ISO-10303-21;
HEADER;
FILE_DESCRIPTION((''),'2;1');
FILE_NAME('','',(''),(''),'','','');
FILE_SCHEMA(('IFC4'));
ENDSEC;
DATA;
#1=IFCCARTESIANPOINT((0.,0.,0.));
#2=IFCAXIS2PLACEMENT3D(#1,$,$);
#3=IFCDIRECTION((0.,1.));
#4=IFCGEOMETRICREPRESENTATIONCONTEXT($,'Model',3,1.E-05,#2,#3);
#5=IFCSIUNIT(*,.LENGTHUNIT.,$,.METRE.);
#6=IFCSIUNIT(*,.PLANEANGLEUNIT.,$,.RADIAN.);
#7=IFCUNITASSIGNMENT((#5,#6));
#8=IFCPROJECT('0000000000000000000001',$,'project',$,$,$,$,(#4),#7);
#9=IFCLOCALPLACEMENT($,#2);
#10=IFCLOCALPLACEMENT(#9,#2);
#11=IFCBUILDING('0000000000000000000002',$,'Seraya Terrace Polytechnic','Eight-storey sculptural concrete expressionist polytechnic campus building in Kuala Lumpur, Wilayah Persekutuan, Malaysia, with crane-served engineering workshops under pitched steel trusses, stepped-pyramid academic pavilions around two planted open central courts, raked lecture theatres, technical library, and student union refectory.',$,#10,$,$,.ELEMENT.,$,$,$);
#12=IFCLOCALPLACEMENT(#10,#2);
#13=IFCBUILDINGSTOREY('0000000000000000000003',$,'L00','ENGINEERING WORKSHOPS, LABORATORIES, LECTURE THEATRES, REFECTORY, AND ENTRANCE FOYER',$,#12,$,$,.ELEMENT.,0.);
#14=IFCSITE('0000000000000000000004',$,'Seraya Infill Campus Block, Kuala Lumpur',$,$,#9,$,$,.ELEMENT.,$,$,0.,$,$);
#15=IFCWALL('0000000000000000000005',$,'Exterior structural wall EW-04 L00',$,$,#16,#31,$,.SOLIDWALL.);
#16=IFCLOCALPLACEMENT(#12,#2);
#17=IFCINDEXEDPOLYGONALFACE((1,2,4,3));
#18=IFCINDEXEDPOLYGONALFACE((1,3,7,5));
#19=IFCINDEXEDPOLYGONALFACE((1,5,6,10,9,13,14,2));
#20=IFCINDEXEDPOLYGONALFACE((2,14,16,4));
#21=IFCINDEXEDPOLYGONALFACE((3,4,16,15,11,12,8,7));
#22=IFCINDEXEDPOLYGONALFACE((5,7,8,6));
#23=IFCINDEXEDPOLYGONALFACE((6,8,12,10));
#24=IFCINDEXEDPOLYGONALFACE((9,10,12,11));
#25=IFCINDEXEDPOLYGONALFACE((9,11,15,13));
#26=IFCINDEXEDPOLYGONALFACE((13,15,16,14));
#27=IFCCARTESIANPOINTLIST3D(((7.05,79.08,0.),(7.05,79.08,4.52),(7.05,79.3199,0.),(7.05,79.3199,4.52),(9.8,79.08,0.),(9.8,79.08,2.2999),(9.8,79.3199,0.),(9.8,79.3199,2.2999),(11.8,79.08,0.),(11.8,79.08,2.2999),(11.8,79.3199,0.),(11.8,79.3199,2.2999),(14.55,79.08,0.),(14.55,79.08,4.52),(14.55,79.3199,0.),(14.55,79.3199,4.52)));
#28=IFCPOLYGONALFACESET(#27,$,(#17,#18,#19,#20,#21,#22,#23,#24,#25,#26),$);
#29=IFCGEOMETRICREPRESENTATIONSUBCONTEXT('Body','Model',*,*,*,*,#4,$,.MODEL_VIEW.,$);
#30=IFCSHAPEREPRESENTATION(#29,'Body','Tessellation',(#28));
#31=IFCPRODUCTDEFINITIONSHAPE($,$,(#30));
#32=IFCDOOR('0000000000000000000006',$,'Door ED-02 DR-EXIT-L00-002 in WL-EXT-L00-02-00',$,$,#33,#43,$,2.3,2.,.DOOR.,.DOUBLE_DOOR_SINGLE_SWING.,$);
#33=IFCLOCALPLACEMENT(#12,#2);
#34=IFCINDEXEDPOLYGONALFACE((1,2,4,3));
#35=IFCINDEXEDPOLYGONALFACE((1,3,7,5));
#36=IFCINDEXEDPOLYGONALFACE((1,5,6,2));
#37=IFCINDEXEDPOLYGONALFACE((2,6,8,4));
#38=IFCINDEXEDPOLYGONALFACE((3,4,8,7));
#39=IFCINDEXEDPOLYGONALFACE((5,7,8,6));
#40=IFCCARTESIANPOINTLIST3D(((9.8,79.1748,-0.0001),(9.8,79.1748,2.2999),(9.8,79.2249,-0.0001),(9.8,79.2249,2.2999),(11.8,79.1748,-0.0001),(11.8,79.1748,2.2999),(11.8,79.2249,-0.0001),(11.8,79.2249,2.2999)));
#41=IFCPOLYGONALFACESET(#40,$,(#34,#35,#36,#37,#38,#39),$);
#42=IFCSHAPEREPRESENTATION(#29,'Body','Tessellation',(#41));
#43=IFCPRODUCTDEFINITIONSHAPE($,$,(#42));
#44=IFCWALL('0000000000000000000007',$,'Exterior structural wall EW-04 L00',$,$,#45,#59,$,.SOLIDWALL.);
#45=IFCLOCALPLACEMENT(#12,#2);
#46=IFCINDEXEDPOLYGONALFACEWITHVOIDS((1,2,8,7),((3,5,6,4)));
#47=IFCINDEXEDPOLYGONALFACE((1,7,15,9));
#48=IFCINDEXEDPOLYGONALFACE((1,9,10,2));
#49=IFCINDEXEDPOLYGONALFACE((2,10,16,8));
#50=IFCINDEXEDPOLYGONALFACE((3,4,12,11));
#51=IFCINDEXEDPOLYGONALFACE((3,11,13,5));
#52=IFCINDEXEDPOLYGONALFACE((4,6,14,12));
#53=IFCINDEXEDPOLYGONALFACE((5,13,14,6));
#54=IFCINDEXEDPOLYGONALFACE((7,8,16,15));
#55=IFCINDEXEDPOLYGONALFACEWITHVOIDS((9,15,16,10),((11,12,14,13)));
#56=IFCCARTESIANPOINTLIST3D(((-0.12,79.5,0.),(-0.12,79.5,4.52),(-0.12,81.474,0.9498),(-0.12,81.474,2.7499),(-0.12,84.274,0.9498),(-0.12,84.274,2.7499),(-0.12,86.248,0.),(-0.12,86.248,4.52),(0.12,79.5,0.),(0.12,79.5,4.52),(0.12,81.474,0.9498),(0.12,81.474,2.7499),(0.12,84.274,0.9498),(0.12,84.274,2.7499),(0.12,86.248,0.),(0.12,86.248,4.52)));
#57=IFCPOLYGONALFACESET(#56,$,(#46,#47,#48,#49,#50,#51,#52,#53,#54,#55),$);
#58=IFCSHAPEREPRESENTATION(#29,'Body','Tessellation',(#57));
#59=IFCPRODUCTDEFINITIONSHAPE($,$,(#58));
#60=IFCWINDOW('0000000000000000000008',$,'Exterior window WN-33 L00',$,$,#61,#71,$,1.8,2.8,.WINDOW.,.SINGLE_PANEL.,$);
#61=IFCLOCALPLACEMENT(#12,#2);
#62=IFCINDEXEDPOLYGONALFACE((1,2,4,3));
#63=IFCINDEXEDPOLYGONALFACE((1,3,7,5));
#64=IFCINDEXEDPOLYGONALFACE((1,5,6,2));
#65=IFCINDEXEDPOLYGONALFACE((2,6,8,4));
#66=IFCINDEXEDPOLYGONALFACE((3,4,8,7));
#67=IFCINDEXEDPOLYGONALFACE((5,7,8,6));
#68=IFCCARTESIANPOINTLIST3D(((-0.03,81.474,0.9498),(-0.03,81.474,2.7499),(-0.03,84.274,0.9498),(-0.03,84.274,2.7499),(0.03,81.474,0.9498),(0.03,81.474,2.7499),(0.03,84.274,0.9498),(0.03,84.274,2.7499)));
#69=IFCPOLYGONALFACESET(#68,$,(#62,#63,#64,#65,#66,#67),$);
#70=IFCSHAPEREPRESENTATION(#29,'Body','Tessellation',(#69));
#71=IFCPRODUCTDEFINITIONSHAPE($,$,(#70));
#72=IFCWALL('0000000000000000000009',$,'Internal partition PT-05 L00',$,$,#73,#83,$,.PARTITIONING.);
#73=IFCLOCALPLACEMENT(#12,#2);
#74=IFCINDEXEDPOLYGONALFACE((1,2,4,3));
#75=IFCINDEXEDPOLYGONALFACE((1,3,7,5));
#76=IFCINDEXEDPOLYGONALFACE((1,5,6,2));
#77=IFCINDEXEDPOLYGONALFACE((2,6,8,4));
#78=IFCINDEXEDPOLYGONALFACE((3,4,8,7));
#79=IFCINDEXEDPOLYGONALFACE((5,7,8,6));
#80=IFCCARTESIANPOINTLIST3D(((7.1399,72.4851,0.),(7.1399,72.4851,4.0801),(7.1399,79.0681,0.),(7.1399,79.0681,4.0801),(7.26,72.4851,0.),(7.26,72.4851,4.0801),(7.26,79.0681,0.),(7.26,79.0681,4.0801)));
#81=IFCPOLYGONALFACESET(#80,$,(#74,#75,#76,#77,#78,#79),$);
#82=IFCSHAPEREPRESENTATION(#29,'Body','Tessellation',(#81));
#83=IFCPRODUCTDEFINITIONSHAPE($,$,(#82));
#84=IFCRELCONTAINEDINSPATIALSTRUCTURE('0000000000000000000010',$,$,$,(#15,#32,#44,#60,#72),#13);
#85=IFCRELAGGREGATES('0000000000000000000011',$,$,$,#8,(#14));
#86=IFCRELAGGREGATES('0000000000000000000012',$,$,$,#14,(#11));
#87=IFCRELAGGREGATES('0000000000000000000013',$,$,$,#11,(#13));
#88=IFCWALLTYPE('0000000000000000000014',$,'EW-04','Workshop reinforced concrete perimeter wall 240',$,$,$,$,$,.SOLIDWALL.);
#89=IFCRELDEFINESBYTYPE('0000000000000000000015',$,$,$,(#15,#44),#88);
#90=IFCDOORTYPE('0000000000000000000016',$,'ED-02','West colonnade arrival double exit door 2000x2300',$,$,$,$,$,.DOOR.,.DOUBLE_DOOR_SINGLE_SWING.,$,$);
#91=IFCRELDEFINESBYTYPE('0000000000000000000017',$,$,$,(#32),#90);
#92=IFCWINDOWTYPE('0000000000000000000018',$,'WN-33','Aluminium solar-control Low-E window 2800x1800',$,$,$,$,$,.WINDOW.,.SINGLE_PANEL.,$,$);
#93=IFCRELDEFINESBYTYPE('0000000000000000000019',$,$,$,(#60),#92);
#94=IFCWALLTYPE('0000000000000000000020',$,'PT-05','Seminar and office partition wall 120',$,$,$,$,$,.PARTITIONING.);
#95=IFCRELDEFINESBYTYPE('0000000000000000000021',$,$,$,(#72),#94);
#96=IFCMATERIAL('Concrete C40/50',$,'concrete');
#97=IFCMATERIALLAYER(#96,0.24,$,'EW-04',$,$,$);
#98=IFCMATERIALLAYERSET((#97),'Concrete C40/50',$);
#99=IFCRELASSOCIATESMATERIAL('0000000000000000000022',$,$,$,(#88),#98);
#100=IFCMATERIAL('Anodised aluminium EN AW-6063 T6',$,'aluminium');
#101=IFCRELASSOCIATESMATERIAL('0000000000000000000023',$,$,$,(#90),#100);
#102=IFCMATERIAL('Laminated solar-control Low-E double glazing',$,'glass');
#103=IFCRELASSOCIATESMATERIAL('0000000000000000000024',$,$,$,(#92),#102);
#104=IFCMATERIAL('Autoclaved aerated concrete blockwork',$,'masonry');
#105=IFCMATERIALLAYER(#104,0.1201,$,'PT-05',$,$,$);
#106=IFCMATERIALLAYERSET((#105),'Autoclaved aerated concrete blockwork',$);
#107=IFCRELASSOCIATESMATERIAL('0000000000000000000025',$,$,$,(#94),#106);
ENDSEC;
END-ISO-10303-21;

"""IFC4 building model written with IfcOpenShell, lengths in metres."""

from ifc_helpers import new_model, si_unit, direction, frame, frame_2d, origin, place, context, subcontext, project, spatial, rectangle, extrude, material, layer, layer_set, type_object, element, fill, save


model = new_model("IFC4")

# Units and contexts
model_context = context("Model", 3, precision=1e-05, world=origin(), true_north=direction((0.0, 1.0)))
body_context = subcontext(model_context, "Body", "Model", "MODEL_VIEW")
ifc_project = project(units=[si_unit("LENGTHUNIT", "METRE"), si_unit("PLANEANGLEUNIT", "RADIAN")], contexts=[model_context])

# Site, building, storey
site_placement = place(None, origin())
site = spatial("IfcSite", under=ifc_project, at=site_placement, Name="Seraya Infill Campus Block, Kuala Lumpur", CompositionType="ELEMENT", RefElevation=0.0)
building_placement = place(site_placement, origin())
building = spatial("IfcBuilding", under=site, at=building_placement, Name="Seraya Terrace Polytechnic", Description="Eight-storey sculptural concrete expressionist polytechnic campus building in Kuala Lumpur, Wilayah Persekutuan, Malaysia, with crane-served engineering workshops under pitched steel trusses, stepped-pyramid academic pavilions around two planted open central courts, raked lecture theatres, technical library, and student union refectory.", CompositionType="ELEMENT")
storey_placement = place(building_placement, origin())
storey = spatial("IfcBuildingStorey", under=building, at=storey_placement, Name="L00", Description="ENGINEERING WORKSHOPS, LABORATORIES, LECTURE THEATRES, REFECTORY, AND ENTRANCE FOYER", CompositionType="ELEMENT", Elevation=0.0)

# Shared definitions
ifc_material_1 = material(Name="Concrete C40/50", Category="concrete")

# Shared definitions
ifc_material_2 = material(Name="Laminated solar-control Low-E double glazing", Category="glass")

# Shared definitions
ifc_layer_1 = layer(ifc_material_1, 0.24, Name="EW-04")
ifc_layer_set_1 = layer_set([ifc_layer_1], Name="Concrete C40/50")
wall_type_1 = type_object("IfcWallType", Name="EW-04", Description="Workshop reinforced concrete perimeter wall 240", PredefinedType="SOLIDWALL", material=ifc_layer_set_1)
ifc_material_3 = material(Name="Anodised aluminium EN AW-6063 T6", Category="aluminium")

# Wall, opening, door
wall_1_placement = place(storey_placement, frame((7.05, 79.2, 0.0), z_axis=(0.0, 0.0, 1.0), x_axis=(1.0, 0.0, 0.0)))
wall_1 = element("IfcWall", 1, at=wall_1_placement, inside=storey, type_object=wall_type_1, Name="Exterior structural wall EW-04 L00", PredefinedType="SOLIDWALL", context=body_context, shape_type="SweptSolid", body=[
    extrude(rectangle(XDim=7.5, YDim=0.24, at=frame_2d((3.75, 0.0))), origin(), (0.0, 0.0, 1.0), 4.52),
])
opening_1_placement = place(wall_1_placement, frame((2.75, 0.0, 0.0)))
opening_1 = element("IfcOpeningElement", 2, at=opening_1_placement, cuts=wall_1, PredefinedType="OPENING", context=body_context, shape_type="SweptSolid", body=[
    extrude(rectangle(XDim=2.0, YDim=2.3, at=frame_2d((1.0, 1.1499))), frame((0.0, 0.1318, 0.0), z_axis=(0.0, -1.0, 0.0), x_axis=(1.0, 0.0, 0.0)), (0.0, 0.0, 1.0), 0.2639),
])
door_type_1 = type_object("IfcDoorType", Name="ED-02", Description="West colonnade arrival double exit door 2000x2300", OperationType="DOUBLE_DOOR_SINGLE_SWING", PredefinedType="DOOR", material=ifc_material_3)
door_1_placement = place(opening_1_placement, origin())
door_1 = element("IfcDoor", 3, at=door_1_placement, inside=storey, type_object=door_type_1, Name="Door ED-02 DR-EXIT-L00-002 in WL-EXT-L00-02-00", OperationType="DOUBLE_DOOR_SINGLE_SWING", OverallHeight=2.3, OverallWidth=2.0, PredefinedType="DOOR", context=body_context, shape_type="SweptSolid", body=[
    extrude(rectangle(XDim=2.0, YDim=2.3, at=frame_2d((1.0, 1.1499))), frame((0.0, 0.0249, 0.0), z_axis=(0.0, -1.0, 0.0), x_axis=(1.0, 0.0, 0.0)), (0.0, 0.0, 1.0), 0.05),
])
fill(opening_1, door_1)

# Wall, opening, window
wall_2_placement = place(storey_placement, frame((0.0, 79.5, 0.0), z_axis=(0.0, 0.0, 1.0), x_axis=(0.0, 1.0, 0.0)))
wall_2 = element("IfcWall", 4, at=wall_2_placement, inside=storey, type_object=wall_type_1, Name="Exterior structural wall EW-04 L00", PredefinedType="SOLIDWALL", context=body_context, shape_type="SweptSolid", body=[
    extrude(rectangle(XDim=6.748, YDim=0.24, at=frame_2d((3.374, 0.0))), origin(), (0.0, 0.0, 1.0), 4.52),
])
opening_2_placement = place(wall_2_placement, frame((1.9741, 0.0, 0.95)))
opening_2 = element("IfcOpeningElement", 5, at=opening_2_placement, cuts=wall_2, PredefinedType="OPENING", context=body_context, shape_type="SweptSolid", body=[
    extrude(rectangle(XDim=2.8, YDim=1.8, at=frame_2d((1.3999, 0.8999))), frame((0.0, 0.1318, 0.0), z_axis=(0.0, -1.0, 0.0), x_axis=(1.0, 0.0, 0.0)), (0.0, 0.0, 1.0), 0.2639),
])
window_type_1 = type_object("IfcWindowType", Name="WN-33", Description="Aluminium solar-control Low-E window 2800x1800", PartitioningType="SINGLE_PANEL", PredefinedType="WINDOW", material=ifc_material_2)
window_1_placement = place(opening_2_placement, origin())
window_1 = element("IfcWindow", 6, at=window_1_placement, inside=storey, type_object=window_type_1, Name="Exterior window WN-33 L00", OverallHeight=1.8, OverallWidth=2.8, PartitioningType="SINGLE_PANEL", PredefinedType="WINDOW", context=body_context, shape_type="SweptSolid", body=[
    extrude(rectangle(XDim=2.8, YDim=1.8, at=frame_2d((1.3999, 0.8999))), frame((0.0, 0.03, 0.0), z_axis=(0.0, -1.0, 0.0), x_axis=(1.0, 0.0, 0.0)), (0.0, 0.0, 1.0), 0.0601),
])
fill(opening_2, window_1)

# Wall
ifc_material_4 = material(Name="Autoclaved aerated concrete blockwork", Category="masonry")
ifc_layer_2 = layer(ifc_material_4, 0.1201, Name="PT-05")
ifc_layer_set_2 = layer_set([ifc_layer_2], Name="Autoclaved aerated concrete blockwork")
wall_type_2 = type_object("IfcWallType", Name="PT-05", Description="Seminar and office partition wall 120", PredefinedType="PARTITIONING", material=ifc_layer_set_2)
wall_3_placement = place(storey_placement, frame((7.2, 72.4851, 0.0), z_axis=(0.0, 0.0, 1.0), x_axis=(0.0, 1.0, 0.0)))
element("IfcWall", 7, at=wall_3_placement, inside=storey, type_object=wall_type_2, Name="Internal partition PT-05 L00", PredefinedType="PARTITIONING", context=body_context, shape_type="SweptSolid", body=[
    extrude(rectangle(XDim=6.583, YDim=0.1201, at=frame_2d((3.2915, 0.0))), origin(), (0.0, 0.0, 1.0), 4.0801),
])

save(model, "model.ifc")
